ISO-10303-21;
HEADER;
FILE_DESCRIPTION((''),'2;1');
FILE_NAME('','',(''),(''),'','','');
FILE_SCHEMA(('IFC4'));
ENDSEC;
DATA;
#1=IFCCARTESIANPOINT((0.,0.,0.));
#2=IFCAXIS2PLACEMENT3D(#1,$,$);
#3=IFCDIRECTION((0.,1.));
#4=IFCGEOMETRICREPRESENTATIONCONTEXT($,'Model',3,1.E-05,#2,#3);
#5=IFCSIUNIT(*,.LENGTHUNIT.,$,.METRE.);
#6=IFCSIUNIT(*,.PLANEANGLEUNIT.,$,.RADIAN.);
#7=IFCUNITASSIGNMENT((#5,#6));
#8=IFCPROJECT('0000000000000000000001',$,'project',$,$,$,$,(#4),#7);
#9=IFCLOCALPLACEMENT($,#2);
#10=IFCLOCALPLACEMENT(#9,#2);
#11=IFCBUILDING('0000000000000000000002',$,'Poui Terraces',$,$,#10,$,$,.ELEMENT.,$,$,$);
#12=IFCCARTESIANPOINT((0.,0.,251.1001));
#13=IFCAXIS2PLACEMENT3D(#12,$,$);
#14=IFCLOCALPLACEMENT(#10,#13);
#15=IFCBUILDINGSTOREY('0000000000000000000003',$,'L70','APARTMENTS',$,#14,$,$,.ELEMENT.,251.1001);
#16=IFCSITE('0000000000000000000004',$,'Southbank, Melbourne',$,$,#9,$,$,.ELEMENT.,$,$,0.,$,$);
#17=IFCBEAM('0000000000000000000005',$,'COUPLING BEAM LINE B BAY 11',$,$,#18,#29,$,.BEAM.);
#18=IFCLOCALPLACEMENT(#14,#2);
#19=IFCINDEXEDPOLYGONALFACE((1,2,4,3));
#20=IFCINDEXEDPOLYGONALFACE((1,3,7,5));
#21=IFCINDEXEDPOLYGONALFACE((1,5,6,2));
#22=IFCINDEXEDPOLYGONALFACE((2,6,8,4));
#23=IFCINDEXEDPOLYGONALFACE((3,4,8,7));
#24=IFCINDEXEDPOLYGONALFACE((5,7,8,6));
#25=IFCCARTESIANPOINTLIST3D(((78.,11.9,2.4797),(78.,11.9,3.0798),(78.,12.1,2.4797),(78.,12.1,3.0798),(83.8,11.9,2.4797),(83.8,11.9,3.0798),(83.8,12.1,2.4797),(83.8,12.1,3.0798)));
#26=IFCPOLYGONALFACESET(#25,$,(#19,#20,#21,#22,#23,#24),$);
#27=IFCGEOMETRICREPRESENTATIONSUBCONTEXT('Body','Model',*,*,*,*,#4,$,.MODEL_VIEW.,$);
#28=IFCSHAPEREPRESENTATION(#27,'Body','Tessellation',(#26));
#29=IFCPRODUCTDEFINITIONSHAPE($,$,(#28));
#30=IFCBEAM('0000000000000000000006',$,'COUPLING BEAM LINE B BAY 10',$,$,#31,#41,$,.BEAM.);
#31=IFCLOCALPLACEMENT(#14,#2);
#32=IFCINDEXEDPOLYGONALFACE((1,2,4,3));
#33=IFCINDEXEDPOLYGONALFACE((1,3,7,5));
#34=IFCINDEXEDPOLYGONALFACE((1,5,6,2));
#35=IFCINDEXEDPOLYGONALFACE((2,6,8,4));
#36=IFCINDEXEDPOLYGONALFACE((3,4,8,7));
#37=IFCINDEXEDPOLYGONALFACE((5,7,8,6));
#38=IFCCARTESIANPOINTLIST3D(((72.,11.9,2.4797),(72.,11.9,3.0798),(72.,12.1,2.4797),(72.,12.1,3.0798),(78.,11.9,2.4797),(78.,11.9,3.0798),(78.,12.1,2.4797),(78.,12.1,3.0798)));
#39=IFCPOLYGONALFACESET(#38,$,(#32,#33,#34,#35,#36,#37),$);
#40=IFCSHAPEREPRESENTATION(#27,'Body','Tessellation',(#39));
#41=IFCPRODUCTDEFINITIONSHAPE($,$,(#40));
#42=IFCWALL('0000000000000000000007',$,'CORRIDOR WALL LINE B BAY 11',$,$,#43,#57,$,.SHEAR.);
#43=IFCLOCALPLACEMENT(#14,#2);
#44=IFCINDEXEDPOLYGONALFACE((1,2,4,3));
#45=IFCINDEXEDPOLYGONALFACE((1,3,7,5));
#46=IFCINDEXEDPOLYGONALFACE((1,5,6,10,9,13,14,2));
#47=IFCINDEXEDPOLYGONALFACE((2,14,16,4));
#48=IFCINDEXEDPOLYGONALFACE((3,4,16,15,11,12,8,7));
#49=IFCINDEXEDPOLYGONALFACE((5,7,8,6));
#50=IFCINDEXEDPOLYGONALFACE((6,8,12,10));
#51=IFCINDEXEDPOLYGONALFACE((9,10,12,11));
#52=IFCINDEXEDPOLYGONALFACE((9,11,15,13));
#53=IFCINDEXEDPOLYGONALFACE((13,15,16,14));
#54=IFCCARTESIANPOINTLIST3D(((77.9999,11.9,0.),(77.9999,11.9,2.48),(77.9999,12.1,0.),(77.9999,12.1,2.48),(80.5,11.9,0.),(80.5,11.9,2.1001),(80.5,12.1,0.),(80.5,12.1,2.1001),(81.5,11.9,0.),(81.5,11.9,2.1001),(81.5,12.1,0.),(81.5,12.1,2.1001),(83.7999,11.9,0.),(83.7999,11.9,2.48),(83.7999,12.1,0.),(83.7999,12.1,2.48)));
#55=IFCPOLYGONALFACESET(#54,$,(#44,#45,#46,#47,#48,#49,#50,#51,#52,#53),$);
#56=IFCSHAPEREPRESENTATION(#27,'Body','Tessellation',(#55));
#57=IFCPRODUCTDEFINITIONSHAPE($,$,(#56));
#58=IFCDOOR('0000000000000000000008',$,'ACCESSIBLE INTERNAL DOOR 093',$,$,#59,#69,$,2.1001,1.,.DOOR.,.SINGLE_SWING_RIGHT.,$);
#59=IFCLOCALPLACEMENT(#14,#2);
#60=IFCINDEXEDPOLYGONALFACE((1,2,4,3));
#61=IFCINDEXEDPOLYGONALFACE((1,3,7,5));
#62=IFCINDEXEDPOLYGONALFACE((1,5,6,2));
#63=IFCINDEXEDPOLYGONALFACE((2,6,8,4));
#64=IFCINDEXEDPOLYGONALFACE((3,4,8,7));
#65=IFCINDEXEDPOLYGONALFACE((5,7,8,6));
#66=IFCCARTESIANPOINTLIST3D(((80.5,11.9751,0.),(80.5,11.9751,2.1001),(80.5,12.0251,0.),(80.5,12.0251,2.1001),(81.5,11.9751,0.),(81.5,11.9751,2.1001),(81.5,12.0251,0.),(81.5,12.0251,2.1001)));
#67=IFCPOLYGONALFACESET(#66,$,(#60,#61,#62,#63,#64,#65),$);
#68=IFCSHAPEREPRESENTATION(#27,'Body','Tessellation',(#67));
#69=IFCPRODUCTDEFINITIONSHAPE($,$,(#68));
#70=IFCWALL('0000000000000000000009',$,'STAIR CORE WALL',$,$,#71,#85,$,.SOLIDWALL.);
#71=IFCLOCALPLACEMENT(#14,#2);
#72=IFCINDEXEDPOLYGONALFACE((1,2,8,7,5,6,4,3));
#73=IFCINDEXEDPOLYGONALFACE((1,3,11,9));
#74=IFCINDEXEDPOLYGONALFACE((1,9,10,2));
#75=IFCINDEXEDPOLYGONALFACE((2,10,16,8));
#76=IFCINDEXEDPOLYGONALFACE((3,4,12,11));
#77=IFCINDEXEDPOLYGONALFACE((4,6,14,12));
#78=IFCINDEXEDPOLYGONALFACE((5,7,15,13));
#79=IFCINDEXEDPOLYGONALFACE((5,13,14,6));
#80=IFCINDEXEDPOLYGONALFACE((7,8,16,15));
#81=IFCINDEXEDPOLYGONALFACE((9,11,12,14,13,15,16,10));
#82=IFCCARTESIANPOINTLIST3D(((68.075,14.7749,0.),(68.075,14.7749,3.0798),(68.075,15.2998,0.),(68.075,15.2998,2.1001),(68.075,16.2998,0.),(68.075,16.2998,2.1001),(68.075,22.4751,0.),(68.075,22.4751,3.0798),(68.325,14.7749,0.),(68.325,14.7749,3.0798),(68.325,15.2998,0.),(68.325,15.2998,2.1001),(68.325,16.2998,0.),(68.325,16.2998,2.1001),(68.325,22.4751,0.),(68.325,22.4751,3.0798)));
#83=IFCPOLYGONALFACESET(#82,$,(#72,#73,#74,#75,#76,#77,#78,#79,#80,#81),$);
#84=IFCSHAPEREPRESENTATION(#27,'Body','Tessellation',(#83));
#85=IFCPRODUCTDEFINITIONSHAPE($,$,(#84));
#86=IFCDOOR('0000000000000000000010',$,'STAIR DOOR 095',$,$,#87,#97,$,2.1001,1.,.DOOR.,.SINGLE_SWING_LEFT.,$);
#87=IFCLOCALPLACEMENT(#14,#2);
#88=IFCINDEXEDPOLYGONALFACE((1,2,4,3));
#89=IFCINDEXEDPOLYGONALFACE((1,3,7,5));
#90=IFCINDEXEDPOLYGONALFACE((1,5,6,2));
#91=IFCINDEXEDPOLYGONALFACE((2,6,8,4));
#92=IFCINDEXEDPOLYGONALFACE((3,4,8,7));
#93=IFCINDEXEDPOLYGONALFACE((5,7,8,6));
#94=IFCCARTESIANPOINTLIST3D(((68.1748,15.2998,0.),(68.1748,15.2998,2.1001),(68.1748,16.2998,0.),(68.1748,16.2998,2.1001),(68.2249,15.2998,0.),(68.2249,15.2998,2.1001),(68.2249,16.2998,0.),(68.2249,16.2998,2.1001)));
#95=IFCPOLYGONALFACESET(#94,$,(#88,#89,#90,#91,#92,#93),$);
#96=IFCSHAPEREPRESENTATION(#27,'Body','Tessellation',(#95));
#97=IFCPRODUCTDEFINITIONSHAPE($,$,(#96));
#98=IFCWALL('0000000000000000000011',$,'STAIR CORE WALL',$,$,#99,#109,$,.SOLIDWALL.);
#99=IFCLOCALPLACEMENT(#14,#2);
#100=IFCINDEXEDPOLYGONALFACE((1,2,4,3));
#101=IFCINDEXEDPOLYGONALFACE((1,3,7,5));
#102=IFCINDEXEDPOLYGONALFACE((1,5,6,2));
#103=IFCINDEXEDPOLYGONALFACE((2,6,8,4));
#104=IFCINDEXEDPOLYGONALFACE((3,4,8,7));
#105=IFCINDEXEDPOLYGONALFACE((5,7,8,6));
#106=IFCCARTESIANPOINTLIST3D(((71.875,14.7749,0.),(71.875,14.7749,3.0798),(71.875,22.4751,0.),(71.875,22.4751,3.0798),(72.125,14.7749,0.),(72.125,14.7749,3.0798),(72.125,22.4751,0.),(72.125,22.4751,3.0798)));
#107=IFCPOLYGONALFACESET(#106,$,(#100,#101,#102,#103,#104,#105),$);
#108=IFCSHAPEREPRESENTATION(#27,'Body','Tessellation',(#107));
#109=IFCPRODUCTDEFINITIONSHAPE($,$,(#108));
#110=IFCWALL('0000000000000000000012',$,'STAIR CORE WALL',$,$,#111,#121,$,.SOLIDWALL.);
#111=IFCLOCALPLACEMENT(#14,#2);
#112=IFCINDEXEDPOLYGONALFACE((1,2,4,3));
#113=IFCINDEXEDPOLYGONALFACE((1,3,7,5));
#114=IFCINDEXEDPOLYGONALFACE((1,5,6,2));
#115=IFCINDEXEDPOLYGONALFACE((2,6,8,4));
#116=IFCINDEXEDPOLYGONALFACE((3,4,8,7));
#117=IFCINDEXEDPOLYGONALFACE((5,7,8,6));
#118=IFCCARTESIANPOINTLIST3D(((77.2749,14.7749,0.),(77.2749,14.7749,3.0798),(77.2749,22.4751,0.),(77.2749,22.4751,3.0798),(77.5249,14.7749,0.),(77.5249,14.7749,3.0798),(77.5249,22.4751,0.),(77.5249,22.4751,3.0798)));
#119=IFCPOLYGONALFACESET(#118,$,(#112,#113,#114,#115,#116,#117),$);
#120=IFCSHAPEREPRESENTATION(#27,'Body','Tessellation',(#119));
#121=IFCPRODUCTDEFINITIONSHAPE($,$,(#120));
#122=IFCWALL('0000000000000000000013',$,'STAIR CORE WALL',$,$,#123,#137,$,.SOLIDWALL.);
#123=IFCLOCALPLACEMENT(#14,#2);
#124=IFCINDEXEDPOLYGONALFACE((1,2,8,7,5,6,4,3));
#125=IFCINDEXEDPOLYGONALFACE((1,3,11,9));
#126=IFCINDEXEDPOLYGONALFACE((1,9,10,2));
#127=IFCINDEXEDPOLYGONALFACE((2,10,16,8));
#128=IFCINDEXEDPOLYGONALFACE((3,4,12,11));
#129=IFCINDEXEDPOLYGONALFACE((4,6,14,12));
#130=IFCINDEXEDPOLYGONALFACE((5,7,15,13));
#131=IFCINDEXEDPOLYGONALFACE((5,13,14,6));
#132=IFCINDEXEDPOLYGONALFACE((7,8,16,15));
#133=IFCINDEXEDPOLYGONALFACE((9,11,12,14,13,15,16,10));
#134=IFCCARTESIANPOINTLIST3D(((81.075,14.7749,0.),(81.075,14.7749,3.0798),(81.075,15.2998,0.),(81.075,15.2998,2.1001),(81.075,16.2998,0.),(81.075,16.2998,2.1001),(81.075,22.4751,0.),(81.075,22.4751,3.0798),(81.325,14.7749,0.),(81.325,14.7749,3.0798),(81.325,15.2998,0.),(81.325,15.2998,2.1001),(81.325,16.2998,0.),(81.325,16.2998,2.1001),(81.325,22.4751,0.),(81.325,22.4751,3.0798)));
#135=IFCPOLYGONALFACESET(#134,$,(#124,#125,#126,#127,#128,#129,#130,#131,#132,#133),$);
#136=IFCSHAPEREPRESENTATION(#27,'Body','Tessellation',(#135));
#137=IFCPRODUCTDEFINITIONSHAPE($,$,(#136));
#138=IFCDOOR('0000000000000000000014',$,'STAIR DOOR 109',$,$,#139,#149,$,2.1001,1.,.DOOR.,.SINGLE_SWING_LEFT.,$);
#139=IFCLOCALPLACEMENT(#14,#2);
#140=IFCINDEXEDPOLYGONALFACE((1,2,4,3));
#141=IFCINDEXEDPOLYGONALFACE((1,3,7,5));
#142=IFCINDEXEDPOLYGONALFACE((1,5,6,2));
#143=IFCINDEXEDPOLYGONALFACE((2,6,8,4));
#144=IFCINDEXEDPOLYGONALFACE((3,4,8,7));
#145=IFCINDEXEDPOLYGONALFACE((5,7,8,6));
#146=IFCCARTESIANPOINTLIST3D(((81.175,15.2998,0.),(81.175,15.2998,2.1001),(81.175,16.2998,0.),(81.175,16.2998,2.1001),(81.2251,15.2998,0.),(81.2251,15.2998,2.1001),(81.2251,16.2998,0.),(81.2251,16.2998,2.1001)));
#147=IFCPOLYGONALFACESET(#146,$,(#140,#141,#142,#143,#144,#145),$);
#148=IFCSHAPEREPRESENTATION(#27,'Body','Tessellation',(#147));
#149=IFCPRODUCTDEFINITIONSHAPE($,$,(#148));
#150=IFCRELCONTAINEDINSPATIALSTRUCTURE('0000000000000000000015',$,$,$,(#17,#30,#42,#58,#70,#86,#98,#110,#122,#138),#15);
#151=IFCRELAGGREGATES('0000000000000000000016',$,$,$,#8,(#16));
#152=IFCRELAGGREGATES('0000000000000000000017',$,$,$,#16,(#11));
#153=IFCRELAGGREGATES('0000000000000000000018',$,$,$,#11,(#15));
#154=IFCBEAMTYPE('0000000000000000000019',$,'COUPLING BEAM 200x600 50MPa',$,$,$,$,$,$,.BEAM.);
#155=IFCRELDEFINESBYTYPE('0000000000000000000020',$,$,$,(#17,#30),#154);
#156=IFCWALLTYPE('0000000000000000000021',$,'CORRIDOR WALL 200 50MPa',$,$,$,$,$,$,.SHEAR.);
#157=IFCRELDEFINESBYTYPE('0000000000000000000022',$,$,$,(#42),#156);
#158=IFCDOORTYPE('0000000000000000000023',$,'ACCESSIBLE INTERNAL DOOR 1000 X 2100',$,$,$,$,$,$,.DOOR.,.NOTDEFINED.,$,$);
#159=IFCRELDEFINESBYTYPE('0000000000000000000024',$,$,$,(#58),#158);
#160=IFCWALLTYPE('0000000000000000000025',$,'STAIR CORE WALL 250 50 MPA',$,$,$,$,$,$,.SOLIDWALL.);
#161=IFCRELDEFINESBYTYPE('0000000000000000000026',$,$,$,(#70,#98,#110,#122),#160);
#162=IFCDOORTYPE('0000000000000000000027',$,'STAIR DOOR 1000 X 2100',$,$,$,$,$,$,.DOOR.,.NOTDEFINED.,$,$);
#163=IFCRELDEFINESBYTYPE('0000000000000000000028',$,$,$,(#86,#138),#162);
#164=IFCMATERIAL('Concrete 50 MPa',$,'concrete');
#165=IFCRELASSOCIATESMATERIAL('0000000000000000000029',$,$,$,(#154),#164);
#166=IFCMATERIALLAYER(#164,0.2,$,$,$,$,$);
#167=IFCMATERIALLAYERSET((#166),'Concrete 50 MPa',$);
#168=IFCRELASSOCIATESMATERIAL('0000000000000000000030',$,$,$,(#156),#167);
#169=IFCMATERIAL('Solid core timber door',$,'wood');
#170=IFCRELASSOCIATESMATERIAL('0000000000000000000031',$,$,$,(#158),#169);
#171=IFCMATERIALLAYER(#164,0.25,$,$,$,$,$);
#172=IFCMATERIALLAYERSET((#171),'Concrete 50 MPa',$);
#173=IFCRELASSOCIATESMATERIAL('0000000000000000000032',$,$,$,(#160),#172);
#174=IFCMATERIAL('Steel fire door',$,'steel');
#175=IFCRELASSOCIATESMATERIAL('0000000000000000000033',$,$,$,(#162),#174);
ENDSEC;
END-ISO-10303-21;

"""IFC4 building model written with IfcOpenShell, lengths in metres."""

from ifc_helpers import new_model, si_unit, direction, frame, frame_2d, origin, origin_2d, place, context, subcontext, project, spatial, rectangle, extrude, source, transform, mapped, material, layer, layer_set, material_profile, profile_set, type_object, element, fill, save


model = new_model("IFC4")

# Units and contexts
model_context = context("Model", 3, precision=1e-05, world=origin(), true_north=direction((0.0, 1.0)))
body_context = subcontext(model_context, "Body", "Model", "MODEL_VIEW")
ifc_project = project(units=[si_unit("LENGTHUNIT", "METRE"), si_unit("PLANEANGLEUNIT", "RADIAN")], contexts=[model_context])

# Site, building, storey
site_placement = place(None, origin())
site = spatial("IfcSite", under=ifc_project, at=site_placement, Name="Southbank, Melbourne", CompositionType="ELEMENT", RefElevation=0.0)
building_placement = place(site_placement, origin())
building = spatial("IfcBuilding", under=site, at=building_placement, Name="Poui Terraces", CompositionType="ELEMENT")
storey_placement = place(building_placement, frame((0.0, 0.0, 251.1001)))
storey = spatial("IfcBuildingStorey", under=building, at=storey_placement, Name="L70", Description="APARTMENTS", CompositionType="ELEMENT", Elevation=251.1001)

# Beams
ifc_material_1 = material(Name="Concrete 50 MPa", Category="concrete")
ifc_material_profile = material_profile(ifc_material_1, rectangle(XDim=0.2, YDim=0.6001, at=origin_2d()), Name="RC 200x600")
ifc_profile_set = profile_set([ifc_material_profile], Name="Concrete 50 MPa")
beam_type = type_object("IfcBeamType", Name="COUPLING BEAM 200x600 50MPa", PredefinedType="BEAM", material=ifc_profile_set)
shared_shape_1 = source(origin(), body_context, "Body", "SweptSolid", [
    extrude(rectangle(XDim=0.2, YDim=0.6001, at=origin_2d()), origin(), (0.0, 0.0, 1.0), 5.8),
])
beam_1_placement = place(storey_placement, frame((78.0, 12.0, 2.7798), z_axis=(1.0, 0.0, 0.0), x_axis=(0.0, 1.0, 0.0)))
element("IfcBeam", 1, at=beam_1_placement, inside=storey, type_object=beam_type, Name="COUPLING BEAM LINE B BAY 11", PredefinedType="BEAM", context=body_context, shape_type="MappedRepresentation", body=[
    mapped(shared_shape_1, transform((0.0, 0.0, 0.0))),
])
shared_shape_2 = source(origin(), body_context, "Body", "SweptSolid", [
    extrude(rectangle(XDim=0.2, YDim=0.6001, at=origin_2d()), origin(), (0.0, 0.0, 1.0), 6.0),
])
beam_2_placement = place(storey_placement, frame((72.0, 12.0, 2.7798), z_axis=(1.0, 0.0, 0.0), x_axis=(0.0, 1.0, 0.0)))
element("IfcBeam", 2, at=beam_2_placement, inside=storey, type_object=beam_type, Name="COUPLING BEAM LINE B BAY 10", PredefinedType="BEAM", context=body_context, shape_type="MappedRepresentation", body=[
    mapped(shared_shape_2, transform((0.0, 0.0, 0.0))),
])

# Walls, openings, doors
ifc_layer_1 = layer(ifc_material_1, 0.2)
ifc_layer_set_1 = layer_set([ifc_layer_1], Name="Concrete 50 MPa")
wall_type_1 = type_object("IfcWallType", Name="CORRIDOR WALL 200 50MPa", PredefinedType="SHEAR", material=ifc_layer_set_1)
wall_1_placement = place(storey_placement, frame((78.0, 12.0, 0.0), z_axis=(0.0, 0.0, 1.0), x_axis=(1.0, 0.0, 0.0)))
wall_1 = element("IfcWall", 3, at=wall_1_placement, inside=storey, type_object=wall_type_1, Name="CORRIDOR WALL LINE B BAY 11", PredefinedType="SHEAR", context=body_context, shape_type="SweptSolid", body=[
    extrude(rectangle(XDim=5.8, YDim=0.2, at=frame_2d((2.8999, 0.0))), origin(), (0.0, 0.0, 1.0), 2.48),
])
opening_1_placement = place(wall_1_placement, frame((2.5, 0.0, 0.0)))
opening_1 = element("IfcOpeningElement", 4, at=opening_1_placement, cuts=wall_1, PredefinedType="OPENING", context=body_context, shape_type="SweptSolid", body=[
    extrude(rectangle(XDim=1.0, YDim=2.1001, at=frame_2d((0.5, 1.05))), frame((0.0, 0.1099, 0.0), z_axis=(0.0, -1.0, 0.0), x_axis=(1.0, 0.0, 0.0)), (0.0, 0.0, 1.0), 0.22),
])
ifc_material_2 = material(Name="Solid core timber door", Category="wood")
door_type_1 = type_object("IfcDoorType", Name="ACCESSIBLE INTERNAL DOOR 1000 X 2100", OperationType="NOTDEFINED", PredefinedType="DOOR", material=ifc_material_2)
door_1_placement = place(opening_1_placement, frame((1.0, 0.0, 0.0), z_axis=(0.0, 0.0, 1.0), x_axis=(-1.0, 0.0, 0.0)))
door_1 = element("IfcDoor", 5, at=door_1_placement, inside=storey, type_object=door_type_1, Name="ACCESSIBLE INTERNAL DOOR 093", OperationType="SINGLE_SWING_RIGHT", OverallHeight=2.1001, OverallWidth=1.0, PredefinedType="DOOR", context=body_context, shape_type="SweptSolid", body=[
    extrude(rectangle(XDim=1.0, YDim=2.1001, at=frame_2d((0.5, 1.05))), frame((0.0, 0.0249, 0.0), z_axis=(0.0, -1.0, 0.0), x_axis=(1.0, 0.0, 0.0)), (0.0, 0.0, 1.0), 0.05),
])
fill(opening_1, door_1)
ifc_layer_2 = layer(ifc_material_1, 0.25)
ifc_layer_set_2 = layer_set([ifc_layer_2], Name="Concrete 50 MPa")
wall_type_2 = type_object("IfcWallType", Name="STAIR CORE WALL 250 50 MPA", PredefinedType="SOLIDWALL", material=ifc_layer_set_2)
wall_2_placement = place(storey_placement, frame((68.2, 14.7749, 0.0), z_axis=(0.0, 0.0, 1.0), x_axis=(0.0, 1.0, 0.0)))
wall_2 = element("IfcWall", 6, at=wall_2_placement, inside=storey, type_object=wall_type_2, Name="STAIR CORE WALL", PredefinedType="SOLIDWALL", context=body_context, shape_type="SweptSolid", body=[
    extrude(rectangle(XDim=7.7002, YDim=0.25, at=frame_2d((3.8501, 0.0))), origin(), (0.0, 0.0, 1.0), 3.0798),
])
opening_2_placement = place(wall_2_placement, frame((0.5249, 0.0, 0.0)))
opening_2 = element("IfcOpeningElement", 7, at=opening_2_placement, cuts=wall_2, PredefinedType="OPENING", context=body_context, shape_type="SweptSolid", body=[
    extrude(rectangle(XDim=1.0, YDim=2.1001, at=frame_2d((0.5, 1.05))), frame((0.0, 0.135, 0.0), z_axis=(0.0, -1.0, 0.0), x_axis=(1.0, 0.0, 0.0)), (0.0, 0.0, 1.0), 0.27),
])
ifc_material_3 = material(Name="Steel fire door", Category="steel")
door_type_2 = type_object("IfcDoorType", Name="STAIR DOOR 1000 X 2100", OperationType="NOTDEFINED", PredefinedType="DOOR", material=ifc_material_3)
door_2_placement = place(opening_2_placement, frame((1.0, 0.0, 0.0), z_axis=(0.0, 0.0, 1.0), x_axis=(-1.0, 0.0, 0.0)))
door_2 = element("IfcDoor", 8, at=door_2_placement, inside=storey, type_object=door_type_2, Name="STAIR DOOR 095", OperationType="SINGLE_SWING_LEFT", OverallHeight=2.1001, OverallWidth=1.0, PredefinedType="DOOR", context=body_context, shape_type="SweptSolid", body=[
    extrude(rectangle(XDim=1.0, YDim=2.1001, at=frame_2d((0.5, 1.05))), frame((0.0, 0.0249, 0.0), z_axis=(0.0, -1.0, 0.0), x_axis=(1.0, 0.0, 0.0)), (0.0, 0.0, 1.0), 0.05),
])
fill(opening_2, door_2)

# Walls
for number, where, z_axis, x_axis, name in (
    (9, (72.0, 14.7749, 0.0), (0.0, 0.0, 1.0), (0.0, 1.0, 0.0), "STAIR CORE WALL"),
    (10, (77.3999, 14.7749, 0.0), (0.0, 0.0, 1.0), (0.0, 1.0, 0.0), "STAIR CORE WALL"),
):
    element("IfcWall", number, at=place(storey_placement, frame(where, z_axis=z_axis, x_axis=x_axis)), inside=storey, type_object=wall_type_2, Name=name, PredefinedType="SOLIDWALL", context=body_context, shape_type="SweptSolid", body=[
        extrude(rectangle(XDim=7.7002, YDim=0.25, at=frame_2d((3.8501, 0.0))), origin(), (0.0, 0.0, 1.0), 3.0798),
    ])

# Wall, opening, door
wall_3_placement = place(storey_placement, frame((81.2, 14.7749, 0.0), z_axis=(0.0, 0.0, 1.0), x_axis=(0.0, 1.0, 0.0)))
wall_3 = element("IfcWall", 11, at=wall_3_placement, inside=storey, type_object=wall_type_2, Name="STAIR CORE WALL", PredefinedType="SOLIDWALL", context=body_context, shape_type="SweptSolid", body=[
    extrude(rectangle(XDim=7.7002, YDim=0.25, at=frame_2d((3.8501, 0.0))), origin(), (0.0, 0.0, 1.0), 3.0798),
])
opening_3_placement = place(wall_3_placement, frame((0.5249, 0.0, 0.0)))
opening_3 = element("IfcOpeningElement", 12, at=opening_3_placement, cuts=wall_3, PredefinedType="OPENING", context=body_context, shape_type="SweptSolid", body=[
    extrude(rectangle(XDim=1.0, YDim=2.1001, at=frame_2d((0.5, 1.05))), frame((0.0, 0.135, 0.0), z_axis=(0.0, -1.0, 0.0), x_axis=(1.0, 0.0, 0.0)), (0.0, 0.0, 1.0), 0.27),
])
door_3_placement = place(opening_3_placement, origin())
door_3 = element("IfcDoor", 13, at=door_3_placement, inside=storey, type_object=door_type_2, Name="STAIR DOOR 109", OperationType="SINGLE_SWING_LEFT", OverallHeight=2.1001, OverallWidth=1.0, PredefinedType="DOOR", context=body_context, shape_type="SweptSolid", body=[
    extrude(rectangle(XDim=1.0, YDim=2.1001, at=frame_2d((0.5, 1.05))), frame((0.0, 0.0249, 0.0), z_axis=(0.0, -1.0, 0.0), x_axis=(1.0, 0.0, 0.0)), (0.0, 0.0, 1.0), 0.05),
])
fill(opening_3, door_3)

save(model, "model.ifc")
